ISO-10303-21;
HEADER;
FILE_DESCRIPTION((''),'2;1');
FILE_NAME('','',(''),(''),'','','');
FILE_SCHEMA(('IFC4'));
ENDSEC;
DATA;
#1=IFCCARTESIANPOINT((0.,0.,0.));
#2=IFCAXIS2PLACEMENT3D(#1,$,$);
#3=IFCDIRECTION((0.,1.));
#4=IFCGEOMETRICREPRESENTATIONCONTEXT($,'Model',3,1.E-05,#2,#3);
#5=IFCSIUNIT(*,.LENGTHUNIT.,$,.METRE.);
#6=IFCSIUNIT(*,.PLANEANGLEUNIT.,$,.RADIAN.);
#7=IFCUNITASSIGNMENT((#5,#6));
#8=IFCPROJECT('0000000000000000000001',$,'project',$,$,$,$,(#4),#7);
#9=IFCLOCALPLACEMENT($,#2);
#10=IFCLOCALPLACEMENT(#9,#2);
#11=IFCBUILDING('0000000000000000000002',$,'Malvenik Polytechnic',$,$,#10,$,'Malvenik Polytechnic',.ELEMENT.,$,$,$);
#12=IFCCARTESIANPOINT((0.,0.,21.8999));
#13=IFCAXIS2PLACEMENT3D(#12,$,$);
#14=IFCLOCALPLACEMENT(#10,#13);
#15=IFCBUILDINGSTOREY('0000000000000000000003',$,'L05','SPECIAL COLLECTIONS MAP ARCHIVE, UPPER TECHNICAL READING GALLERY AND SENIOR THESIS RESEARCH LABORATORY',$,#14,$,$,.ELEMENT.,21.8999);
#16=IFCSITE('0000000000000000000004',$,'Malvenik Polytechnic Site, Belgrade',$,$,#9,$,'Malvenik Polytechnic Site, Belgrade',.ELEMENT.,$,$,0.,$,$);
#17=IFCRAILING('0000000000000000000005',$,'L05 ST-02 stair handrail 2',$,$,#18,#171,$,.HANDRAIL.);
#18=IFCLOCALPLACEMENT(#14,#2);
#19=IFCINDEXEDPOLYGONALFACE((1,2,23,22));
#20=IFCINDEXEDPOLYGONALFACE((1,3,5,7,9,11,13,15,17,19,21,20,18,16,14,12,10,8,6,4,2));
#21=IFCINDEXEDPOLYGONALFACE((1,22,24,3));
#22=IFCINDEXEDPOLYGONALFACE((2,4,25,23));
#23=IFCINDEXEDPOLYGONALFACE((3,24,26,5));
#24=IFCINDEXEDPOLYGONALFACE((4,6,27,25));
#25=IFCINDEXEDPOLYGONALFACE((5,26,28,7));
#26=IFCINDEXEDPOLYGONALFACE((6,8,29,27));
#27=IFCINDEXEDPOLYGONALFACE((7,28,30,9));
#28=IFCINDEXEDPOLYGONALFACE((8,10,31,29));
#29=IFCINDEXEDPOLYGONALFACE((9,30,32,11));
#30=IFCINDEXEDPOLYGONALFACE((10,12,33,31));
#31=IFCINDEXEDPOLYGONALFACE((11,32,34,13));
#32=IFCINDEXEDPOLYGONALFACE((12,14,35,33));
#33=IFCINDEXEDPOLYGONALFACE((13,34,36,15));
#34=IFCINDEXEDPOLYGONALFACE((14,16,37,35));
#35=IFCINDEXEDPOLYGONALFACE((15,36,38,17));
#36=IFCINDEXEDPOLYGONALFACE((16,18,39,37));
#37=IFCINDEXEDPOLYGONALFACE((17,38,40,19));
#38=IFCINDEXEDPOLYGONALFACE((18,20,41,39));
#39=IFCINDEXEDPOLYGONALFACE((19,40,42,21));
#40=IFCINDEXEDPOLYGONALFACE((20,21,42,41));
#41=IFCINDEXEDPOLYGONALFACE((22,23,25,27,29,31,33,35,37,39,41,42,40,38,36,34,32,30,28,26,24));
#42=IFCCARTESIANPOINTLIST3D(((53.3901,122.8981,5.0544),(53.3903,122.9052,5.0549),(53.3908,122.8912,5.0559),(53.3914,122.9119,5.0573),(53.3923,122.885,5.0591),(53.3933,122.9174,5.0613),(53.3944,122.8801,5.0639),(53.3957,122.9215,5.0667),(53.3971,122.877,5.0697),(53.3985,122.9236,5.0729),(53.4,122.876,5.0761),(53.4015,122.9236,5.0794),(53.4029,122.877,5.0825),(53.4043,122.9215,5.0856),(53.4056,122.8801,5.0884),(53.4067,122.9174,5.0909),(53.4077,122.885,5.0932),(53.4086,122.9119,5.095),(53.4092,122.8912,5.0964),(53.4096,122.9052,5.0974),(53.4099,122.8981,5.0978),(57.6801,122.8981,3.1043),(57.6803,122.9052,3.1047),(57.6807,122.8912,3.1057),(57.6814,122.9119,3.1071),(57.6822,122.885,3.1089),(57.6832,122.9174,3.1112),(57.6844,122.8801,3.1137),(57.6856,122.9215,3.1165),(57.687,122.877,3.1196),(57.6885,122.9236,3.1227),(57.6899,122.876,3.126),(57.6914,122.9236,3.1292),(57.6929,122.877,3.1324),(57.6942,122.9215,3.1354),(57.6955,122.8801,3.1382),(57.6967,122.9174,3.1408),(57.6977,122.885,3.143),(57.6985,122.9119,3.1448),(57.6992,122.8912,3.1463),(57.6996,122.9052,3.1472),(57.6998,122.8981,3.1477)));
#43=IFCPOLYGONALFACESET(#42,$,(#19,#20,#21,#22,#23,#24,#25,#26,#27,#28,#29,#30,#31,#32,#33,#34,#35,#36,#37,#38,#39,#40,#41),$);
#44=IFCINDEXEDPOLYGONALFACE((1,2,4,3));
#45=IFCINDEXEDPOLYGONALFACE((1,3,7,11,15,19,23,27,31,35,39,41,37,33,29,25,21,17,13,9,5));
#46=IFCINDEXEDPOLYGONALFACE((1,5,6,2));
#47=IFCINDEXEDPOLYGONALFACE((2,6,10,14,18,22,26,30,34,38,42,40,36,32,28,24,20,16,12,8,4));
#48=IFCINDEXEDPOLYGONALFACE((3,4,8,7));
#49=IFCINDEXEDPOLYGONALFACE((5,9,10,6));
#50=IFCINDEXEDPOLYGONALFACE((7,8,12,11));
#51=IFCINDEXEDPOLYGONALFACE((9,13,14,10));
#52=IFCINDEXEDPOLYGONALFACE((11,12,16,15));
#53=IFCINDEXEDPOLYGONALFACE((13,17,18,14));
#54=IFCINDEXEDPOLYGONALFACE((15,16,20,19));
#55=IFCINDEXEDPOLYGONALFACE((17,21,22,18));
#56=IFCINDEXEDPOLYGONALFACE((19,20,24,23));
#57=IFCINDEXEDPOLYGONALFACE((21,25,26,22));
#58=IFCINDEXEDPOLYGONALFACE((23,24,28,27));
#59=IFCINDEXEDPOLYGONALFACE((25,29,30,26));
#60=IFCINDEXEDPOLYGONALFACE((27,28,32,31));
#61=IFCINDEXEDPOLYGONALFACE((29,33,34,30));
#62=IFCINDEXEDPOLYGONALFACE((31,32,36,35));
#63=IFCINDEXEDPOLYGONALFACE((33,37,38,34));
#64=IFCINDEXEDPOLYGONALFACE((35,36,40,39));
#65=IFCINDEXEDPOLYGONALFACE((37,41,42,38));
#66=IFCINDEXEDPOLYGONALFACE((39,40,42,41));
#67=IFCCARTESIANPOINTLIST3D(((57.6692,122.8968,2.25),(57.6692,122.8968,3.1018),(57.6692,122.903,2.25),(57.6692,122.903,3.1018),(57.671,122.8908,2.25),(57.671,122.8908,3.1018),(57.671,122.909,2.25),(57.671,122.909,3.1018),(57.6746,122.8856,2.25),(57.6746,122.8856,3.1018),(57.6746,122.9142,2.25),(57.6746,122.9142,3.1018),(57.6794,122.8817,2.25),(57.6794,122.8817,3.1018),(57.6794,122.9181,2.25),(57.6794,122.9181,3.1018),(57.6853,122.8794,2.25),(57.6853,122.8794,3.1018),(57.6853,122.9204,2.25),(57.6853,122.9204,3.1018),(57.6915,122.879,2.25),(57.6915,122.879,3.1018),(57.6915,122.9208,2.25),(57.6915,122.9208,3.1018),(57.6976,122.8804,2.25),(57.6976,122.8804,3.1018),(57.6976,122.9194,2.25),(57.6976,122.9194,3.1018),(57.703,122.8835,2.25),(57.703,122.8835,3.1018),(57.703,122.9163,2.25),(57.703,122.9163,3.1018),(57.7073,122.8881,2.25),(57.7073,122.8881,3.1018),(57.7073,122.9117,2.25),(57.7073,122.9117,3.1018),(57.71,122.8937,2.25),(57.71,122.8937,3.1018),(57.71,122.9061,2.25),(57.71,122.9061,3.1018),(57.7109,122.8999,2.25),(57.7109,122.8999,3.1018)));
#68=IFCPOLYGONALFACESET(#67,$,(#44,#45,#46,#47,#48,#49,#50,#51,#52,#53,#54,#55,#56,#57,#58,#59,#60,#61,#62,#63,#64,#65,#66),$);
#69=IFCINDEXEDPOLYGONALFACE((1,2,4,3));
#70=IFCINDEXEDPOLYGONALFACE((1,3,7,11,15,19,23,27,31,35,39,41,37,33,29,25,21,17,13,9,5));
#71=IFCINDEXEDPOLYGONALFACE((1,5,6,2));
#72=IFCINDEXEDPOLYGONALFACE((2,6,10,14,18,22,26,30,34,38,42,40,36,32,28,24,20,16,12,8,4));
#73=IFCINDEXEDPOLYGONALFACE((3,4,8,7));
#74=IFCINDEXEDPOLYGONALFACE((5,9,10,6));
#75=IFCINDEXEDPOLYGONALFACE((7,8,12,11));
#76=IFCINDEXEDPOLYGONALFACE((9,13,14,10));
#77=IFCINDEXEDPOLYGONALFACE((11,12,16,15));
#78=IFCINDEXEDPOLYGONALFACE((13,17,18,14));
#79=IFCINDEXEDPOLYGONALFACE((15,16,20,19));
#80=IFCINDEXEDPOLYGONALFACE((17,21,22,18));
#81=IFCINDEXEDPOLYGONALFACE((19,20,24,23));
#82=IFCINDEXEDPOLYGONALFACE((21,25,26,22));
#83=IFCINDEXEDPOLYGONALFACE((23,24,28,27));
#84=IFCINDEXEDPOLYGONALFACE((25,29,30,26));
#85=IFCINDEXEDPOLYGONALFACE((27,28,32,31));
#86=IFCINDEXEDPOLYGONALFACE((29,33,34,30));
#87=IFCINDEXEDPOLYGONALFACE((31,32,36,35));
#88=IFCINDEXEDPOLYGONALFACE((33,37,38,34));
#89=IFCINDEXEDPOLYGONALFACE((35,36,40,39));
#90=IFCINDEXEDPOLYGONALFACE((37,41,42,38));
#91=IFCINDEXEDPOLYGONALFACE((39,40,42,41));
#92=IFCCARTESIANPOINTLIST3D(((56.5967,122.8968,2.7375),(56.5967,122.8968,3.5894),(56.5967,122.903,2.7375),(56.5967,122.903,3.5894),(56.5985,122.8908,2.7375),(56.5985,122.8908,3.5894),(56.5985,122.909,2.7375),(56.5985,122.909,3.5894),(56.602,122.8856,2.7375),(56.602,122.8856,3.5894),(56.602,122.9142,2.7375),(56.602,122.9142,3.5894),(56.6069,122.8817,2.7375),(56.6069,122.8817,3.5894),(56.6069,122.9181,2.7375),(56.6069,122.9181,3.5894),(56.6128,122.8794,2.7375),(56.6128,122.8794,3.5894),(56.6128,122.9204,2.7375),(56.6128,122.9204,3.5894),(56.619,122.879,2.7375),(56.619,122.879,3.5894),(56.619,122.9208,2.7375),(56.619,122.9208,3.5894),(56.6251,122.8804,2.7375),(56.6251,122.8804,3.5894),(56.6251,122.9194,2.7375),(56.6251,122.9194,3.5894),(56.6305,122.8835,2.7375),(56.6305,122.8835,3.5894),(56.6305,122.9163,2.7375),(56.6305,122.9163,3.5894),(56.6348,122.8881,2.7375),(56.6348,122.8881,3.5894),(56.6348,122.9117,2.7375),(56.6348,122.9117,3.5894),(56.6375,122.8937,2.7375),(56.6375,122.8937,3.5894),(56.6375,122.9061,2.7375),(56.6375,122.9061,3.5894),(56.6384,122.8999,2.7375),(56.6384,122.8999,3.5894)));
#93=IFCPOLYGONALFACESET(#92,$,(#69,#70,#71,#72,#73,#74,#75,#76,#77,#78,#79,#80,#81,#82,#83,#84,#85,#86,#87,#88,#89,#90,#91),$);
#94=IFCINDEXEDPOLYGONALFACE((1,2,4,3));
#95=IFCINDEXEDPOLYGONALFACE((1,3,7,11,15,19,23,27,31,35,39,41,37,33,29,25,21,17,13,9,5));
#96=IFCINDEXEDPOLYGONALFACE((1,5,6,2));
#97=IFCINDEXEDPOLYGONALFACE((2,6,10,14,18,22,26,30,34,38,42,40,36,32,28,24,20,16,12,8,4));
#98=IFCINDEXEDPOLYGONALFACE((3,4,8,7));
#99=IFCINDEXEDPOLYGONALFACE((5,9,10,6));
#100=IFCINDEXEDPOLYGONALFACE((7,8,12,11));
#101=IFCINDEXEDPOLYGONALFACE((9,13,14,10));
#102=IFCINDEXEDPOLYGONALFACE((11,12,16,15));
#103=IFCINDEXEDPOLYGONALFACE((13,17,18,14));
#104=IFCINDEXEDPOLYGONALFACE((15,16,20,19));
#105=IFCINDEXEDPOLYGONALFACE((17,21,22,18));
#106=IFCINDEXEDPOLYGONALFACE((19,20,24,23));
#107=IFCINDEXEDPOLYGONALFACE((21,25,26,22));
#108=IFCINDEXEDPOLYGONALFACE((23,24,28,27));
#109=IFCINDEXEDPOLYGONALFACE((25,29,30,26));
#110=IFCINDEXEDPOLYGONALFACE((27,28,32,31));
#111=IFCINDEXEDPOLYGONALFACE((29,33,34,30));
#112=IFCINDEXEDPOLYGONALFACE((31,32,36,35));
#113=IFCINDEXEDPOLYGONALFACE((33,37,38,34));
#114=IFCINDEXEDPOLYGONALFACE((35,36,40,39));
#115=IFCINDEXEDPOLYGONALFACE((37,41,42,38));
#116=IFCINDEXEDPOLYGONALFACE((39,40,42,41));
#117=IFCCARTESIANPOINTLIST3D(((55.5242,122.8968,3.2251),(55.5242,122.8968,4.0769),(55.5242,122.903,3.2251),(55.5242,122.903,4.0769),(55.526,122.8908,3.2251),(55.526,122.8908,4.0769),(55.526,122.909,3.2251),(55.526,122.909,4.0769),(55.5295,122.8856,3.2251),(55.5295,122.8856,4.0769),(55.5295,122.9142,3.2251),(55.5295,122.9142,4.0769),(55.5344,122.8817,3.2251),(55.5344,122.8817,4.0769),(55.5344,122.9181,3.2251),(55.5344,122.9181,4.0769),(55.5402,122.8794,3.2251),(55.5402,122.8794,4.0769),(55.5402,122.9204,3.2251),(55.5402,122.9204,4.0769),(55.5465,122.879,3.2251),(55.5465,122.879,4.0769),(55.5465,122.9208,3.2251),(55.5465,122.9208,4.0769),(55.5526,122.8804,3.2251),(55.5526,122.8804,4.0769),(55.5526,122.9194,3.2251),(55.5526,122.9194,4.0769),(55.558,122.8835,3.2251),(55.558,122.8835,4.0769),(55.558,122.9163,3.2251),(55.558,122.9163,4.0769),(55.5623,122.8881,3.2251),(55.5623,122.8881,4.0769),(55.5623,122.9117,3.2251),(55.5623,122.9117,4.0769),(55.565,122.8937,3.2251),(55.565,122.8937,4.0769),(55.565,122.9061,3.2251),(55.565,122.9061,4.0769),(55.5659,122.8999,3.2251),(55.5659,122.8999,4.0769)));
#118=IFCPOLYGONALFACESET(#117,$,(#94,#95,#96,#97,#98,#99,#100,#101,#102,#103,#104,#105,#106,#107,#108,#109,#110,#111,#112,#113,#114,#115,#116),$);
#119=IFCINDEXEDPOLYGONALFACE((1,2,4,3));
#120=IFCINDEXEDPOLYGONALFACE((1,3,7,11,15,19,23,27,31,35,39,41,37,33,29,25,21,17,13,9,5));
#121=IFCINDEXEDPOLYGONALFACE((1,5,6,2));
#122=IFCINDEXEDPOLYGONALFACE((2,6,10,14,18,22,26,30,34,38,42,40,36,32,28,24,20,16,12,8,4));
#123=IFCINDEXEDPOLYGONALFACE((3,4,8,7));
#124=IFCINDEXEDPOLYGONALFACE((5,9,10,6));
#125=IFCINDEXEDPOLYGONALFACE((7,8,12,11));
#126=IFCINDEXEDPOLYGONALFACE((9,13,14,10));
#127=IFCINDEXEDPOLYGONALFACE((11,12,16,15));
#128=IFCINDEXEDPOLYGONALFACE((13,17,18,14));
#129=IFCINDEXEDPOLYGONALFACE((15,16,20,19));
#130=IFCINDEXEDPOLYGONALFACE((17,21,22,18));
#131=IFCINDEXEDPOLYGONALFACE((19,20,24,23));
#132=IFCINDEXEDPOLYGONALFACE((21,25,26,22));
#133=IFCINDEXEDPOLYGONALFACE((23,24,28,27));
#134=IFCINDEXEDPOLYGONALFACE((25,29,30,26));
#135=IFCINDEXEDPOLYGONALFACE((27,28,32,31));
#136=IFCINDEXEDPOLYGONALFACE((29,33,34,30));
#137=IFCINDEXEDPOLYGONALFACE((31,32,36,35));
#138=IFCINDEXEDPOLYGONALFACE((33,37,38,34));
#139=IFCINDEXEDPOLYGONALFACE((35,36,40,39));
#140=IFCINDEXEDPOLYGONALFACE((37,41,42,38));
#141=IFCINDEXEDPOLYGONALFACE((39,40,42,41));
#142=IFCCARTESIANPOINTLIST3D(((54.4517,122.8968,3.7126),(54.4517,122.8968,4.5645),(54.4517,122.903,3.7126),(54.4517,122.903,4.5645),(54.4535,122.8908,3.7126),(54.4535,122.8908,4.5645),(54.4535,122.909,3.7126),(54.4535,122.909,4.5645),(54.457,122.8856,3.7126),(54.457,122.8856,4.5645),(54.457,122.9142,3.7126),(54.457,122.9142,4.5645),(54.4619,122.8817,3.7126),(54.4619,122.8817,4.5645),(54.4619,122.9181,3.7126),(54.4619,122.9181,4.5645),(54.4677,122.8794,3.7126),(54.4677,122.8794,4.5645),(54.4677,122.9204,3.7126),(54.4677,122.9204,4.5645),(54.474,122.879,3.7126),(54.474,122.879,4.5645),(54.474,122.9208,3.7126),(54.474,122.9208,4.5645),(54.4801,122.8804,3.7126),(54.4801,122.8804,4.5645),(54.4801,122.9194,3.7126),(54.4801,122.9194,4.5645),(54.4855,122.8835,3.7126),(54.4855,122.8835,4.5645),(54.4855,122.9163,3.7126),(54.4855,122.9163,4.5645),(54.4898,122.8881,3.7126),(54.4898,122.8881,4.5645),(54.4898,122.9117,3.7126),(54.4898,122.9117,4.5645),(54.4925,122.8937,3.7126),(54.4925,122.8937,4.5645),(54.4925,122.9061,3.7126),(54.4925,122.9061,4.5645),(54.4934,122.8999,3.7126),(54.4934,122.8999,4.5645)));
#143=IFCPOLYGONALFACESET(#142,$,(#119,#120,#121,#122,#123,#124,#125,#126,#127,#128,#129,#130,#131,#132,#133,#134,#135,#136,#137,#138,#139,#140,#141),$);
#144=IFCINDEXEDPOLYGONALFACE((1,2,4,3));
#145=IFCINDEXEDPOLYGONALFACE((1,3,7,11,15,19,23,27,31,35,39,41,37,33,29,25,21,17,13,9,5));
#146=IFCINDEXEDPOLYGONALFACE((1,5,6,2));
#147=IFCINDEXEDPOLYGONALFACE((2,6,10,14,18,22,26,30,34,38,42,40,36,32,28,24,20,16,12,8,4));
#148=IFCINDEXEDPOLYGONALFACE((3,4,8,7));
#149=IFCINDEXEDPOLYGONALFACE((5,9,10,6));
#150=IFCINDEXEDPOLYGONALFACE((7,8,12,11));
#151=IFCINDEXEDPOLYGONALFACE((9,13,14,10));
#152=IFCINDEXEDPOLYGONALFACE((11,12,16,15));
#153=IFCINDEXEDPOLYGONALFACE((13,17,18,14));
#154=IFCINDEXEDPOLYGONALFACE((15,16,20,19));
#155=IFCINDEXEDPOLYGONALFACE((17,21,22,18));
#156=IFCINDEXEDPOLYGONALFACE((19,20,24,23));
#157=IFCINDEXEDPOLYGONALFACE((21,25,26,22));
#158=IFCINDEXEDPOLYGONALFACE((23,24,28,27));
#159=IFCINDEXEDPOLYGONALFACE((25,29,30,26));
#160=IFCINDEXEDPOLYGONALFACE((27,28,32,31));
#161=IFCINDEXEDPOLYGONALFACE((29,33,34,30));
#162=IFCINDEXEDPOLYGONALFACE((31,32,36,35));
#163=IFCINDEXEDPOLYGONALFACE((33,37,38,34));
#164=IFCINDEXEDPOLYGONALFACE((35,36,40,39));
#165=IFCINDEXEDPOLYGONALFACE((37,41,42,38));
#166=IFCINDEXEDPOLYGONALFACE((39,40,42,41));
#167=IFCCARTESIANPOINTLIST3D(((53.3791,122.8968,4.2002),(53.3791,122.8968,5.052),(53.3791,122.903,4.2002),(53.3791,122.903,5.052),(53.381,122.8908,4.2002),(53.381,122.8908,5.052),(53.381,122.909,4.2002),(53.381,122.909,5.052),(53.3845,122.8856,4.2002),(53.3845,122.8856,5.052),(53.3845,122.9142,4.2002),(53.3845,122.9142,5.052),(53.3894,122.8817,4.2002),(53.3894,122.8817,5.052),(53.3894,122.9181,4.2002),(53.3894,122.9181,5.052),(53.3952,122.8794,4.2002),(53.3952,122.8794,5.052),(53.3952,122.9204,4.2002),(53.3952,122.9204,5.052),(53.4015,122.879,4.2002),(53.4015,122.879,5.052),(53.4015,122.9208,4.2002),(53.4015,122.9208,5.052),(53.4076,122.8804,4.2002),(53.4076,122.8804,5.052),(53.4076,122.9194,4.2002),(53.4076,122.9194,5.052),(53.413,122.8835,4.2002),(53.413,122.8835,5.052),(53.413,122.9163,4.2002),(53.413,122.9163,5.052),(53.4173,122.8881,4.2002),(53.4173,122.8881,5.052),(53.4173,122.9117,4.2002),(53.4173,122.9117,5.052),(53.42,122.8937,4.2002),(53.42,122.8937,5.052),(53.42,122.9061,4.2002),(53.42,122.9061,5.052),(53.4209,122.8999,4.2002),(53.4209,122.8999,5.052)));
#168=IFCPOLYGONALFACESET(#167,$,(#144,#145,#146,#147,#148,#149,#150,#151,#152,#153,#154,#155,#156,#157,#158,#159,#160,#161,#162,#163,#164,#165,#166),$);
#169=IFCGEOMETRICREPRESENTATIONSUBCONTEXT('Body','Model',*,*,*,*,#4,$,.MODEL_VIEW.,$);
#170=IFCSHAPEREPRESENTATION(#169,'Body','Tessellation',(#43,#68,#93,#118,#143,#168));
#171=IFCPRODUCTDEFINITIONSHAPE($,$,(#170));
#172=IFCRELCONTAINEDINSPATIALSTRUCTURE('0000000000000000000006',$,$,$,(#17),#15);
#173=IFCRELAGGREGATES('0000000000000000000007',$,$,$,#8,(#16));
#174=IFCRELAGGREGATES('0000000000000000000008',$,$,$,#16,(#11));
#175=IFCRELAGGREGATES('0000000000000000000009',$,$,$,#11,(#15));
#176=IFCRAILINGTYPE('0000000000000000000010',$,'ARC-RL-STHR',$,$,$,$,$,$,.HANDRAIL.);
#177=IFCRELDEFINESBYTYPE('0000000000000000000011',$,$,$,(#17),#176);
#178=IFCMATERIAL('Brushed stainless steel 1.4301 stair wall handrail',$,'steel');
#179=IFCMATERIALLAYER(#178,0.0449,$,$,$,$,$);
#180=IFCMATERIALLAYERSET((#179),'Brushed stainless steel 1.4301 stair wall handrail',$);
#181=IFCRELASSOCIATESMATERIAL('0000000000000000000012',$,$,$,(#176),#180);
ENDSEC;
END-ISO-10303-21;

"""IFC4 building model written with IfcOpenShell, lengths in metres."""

from ifc_helpers import new_model, si_unit, direction, frame, origin, origin_2d, place, context, subcontext, project, spatial, circle, extrude, material, layer, layer_set, type_object, element, save


model = new_model("IFC4")

# Units and contexts
model_context = context("Model", 3, precision=1e-05, world=origin(), true_north=direction((0.0, 1.0)))
body_context = subcontext(model_context, "Body", "Model", "MODEL_VIEW")
ifc_project = project(units=[si_unit("LENGTHUNIT", "METRE"), si_unit("PLANEANGLEUNIT", "RADIAN")], contexts=[model_context])

# Site, building, storey
site_placement = place(None, origin())
site = spatial("IfcSite", under=ifc_project, at=site_placement, Name="Malvenik Polytechnic Site, Belgrade", LongName="Malvenik Polytechnic Site, Belgrade", CompositionType="ELEMENT", RefElevation=0.0)
building_placement = place(site_placement, origin())
building = spatial("IfcBuilding", under=site, at=building_placement, Name="Malvenik Polytechnic", LongName="Malvenik Polytechnic", CompositionType="ELEMENT")
storey_placement = place(building_placement, frame((0.0, 0.0, 21.8999)))
storey = spatial("IfcBuildingStorey", under=building, at=storey_placement, Name="L05", Description="SPECIAL COLLECTIONS MAP ARCHIVE, UPPER TECHNICAL READING GALLERY AND SENIOR THESIS RESEARCH LABORATORY", CompositionType="ELEMENT", Elevation=21.8999)

# Railing
ifc_material_1 = material(Name="Brushed stainless steel 1.4301 stair wall handrail", Category="steel")
ifc_layer_1 = layer(ifc_material_1, 0.0449)
ifc_layer_set_1 = layer_set([ifc_layer_1], Name="Brushed stainless steel 1.4301 stair wall handrail")
railing_type_1 = type_object("IfcRailingType", Name="ARC-RL-STHR", PredefinedType="HANDRAIL", material=ifc_layer_set_1)
railing_1_placement = place(storey_placement, frame((57.6899, 122.8999, 2.25)))
element("IfcRailing", 1, at=railing_1_placement, inside=storey, type_object=railing_type_1, Name="L05 ST-02 stair handrail 2", PredefinedType="HANDRAIL", context=body_context, shape_type="SweptSolid", body=[
    extrude(circle(Radius=0.0239, at=origin_2d()), frame((0.0, 0.0, 0.876), z_axis=(-0.910352, 0.0, 0.413834), x_axis=(0.0, -1.0, 0.0)), (0.0, 0.0, 1.0), 4.7124),
    extrude(circle(Radius=0.021, at=origin_2d()), origin(), (0.0, 0.0, 1.0), 0.8518),
    extrude(circle(Radius=0.021, at=origin_2d()), frame((-1.0725, 0.0, 0.4875)), (0.0, 0.0, 1.0), 0.8518),
    extrude(circle(Radius=0.021, at=origin_2d()), frame((-2.145, 0.0, 0.9751)), (0.0, 0.0, 1.0), 0.8518),
    extrude(circle(Radius=0.021, at=origin_2d()), frame((-3.2175, 0.0, 1.4626)), (0.0, 0.0, 1.0), 0.8518),
    extrude(circle(Radius=0.021, at=origin_2d()), frame((-4.29, 0.0, 1.9502)), (0.0, 0.0, 1.0), 0.8518),
])

save(model, "model.ifc")
